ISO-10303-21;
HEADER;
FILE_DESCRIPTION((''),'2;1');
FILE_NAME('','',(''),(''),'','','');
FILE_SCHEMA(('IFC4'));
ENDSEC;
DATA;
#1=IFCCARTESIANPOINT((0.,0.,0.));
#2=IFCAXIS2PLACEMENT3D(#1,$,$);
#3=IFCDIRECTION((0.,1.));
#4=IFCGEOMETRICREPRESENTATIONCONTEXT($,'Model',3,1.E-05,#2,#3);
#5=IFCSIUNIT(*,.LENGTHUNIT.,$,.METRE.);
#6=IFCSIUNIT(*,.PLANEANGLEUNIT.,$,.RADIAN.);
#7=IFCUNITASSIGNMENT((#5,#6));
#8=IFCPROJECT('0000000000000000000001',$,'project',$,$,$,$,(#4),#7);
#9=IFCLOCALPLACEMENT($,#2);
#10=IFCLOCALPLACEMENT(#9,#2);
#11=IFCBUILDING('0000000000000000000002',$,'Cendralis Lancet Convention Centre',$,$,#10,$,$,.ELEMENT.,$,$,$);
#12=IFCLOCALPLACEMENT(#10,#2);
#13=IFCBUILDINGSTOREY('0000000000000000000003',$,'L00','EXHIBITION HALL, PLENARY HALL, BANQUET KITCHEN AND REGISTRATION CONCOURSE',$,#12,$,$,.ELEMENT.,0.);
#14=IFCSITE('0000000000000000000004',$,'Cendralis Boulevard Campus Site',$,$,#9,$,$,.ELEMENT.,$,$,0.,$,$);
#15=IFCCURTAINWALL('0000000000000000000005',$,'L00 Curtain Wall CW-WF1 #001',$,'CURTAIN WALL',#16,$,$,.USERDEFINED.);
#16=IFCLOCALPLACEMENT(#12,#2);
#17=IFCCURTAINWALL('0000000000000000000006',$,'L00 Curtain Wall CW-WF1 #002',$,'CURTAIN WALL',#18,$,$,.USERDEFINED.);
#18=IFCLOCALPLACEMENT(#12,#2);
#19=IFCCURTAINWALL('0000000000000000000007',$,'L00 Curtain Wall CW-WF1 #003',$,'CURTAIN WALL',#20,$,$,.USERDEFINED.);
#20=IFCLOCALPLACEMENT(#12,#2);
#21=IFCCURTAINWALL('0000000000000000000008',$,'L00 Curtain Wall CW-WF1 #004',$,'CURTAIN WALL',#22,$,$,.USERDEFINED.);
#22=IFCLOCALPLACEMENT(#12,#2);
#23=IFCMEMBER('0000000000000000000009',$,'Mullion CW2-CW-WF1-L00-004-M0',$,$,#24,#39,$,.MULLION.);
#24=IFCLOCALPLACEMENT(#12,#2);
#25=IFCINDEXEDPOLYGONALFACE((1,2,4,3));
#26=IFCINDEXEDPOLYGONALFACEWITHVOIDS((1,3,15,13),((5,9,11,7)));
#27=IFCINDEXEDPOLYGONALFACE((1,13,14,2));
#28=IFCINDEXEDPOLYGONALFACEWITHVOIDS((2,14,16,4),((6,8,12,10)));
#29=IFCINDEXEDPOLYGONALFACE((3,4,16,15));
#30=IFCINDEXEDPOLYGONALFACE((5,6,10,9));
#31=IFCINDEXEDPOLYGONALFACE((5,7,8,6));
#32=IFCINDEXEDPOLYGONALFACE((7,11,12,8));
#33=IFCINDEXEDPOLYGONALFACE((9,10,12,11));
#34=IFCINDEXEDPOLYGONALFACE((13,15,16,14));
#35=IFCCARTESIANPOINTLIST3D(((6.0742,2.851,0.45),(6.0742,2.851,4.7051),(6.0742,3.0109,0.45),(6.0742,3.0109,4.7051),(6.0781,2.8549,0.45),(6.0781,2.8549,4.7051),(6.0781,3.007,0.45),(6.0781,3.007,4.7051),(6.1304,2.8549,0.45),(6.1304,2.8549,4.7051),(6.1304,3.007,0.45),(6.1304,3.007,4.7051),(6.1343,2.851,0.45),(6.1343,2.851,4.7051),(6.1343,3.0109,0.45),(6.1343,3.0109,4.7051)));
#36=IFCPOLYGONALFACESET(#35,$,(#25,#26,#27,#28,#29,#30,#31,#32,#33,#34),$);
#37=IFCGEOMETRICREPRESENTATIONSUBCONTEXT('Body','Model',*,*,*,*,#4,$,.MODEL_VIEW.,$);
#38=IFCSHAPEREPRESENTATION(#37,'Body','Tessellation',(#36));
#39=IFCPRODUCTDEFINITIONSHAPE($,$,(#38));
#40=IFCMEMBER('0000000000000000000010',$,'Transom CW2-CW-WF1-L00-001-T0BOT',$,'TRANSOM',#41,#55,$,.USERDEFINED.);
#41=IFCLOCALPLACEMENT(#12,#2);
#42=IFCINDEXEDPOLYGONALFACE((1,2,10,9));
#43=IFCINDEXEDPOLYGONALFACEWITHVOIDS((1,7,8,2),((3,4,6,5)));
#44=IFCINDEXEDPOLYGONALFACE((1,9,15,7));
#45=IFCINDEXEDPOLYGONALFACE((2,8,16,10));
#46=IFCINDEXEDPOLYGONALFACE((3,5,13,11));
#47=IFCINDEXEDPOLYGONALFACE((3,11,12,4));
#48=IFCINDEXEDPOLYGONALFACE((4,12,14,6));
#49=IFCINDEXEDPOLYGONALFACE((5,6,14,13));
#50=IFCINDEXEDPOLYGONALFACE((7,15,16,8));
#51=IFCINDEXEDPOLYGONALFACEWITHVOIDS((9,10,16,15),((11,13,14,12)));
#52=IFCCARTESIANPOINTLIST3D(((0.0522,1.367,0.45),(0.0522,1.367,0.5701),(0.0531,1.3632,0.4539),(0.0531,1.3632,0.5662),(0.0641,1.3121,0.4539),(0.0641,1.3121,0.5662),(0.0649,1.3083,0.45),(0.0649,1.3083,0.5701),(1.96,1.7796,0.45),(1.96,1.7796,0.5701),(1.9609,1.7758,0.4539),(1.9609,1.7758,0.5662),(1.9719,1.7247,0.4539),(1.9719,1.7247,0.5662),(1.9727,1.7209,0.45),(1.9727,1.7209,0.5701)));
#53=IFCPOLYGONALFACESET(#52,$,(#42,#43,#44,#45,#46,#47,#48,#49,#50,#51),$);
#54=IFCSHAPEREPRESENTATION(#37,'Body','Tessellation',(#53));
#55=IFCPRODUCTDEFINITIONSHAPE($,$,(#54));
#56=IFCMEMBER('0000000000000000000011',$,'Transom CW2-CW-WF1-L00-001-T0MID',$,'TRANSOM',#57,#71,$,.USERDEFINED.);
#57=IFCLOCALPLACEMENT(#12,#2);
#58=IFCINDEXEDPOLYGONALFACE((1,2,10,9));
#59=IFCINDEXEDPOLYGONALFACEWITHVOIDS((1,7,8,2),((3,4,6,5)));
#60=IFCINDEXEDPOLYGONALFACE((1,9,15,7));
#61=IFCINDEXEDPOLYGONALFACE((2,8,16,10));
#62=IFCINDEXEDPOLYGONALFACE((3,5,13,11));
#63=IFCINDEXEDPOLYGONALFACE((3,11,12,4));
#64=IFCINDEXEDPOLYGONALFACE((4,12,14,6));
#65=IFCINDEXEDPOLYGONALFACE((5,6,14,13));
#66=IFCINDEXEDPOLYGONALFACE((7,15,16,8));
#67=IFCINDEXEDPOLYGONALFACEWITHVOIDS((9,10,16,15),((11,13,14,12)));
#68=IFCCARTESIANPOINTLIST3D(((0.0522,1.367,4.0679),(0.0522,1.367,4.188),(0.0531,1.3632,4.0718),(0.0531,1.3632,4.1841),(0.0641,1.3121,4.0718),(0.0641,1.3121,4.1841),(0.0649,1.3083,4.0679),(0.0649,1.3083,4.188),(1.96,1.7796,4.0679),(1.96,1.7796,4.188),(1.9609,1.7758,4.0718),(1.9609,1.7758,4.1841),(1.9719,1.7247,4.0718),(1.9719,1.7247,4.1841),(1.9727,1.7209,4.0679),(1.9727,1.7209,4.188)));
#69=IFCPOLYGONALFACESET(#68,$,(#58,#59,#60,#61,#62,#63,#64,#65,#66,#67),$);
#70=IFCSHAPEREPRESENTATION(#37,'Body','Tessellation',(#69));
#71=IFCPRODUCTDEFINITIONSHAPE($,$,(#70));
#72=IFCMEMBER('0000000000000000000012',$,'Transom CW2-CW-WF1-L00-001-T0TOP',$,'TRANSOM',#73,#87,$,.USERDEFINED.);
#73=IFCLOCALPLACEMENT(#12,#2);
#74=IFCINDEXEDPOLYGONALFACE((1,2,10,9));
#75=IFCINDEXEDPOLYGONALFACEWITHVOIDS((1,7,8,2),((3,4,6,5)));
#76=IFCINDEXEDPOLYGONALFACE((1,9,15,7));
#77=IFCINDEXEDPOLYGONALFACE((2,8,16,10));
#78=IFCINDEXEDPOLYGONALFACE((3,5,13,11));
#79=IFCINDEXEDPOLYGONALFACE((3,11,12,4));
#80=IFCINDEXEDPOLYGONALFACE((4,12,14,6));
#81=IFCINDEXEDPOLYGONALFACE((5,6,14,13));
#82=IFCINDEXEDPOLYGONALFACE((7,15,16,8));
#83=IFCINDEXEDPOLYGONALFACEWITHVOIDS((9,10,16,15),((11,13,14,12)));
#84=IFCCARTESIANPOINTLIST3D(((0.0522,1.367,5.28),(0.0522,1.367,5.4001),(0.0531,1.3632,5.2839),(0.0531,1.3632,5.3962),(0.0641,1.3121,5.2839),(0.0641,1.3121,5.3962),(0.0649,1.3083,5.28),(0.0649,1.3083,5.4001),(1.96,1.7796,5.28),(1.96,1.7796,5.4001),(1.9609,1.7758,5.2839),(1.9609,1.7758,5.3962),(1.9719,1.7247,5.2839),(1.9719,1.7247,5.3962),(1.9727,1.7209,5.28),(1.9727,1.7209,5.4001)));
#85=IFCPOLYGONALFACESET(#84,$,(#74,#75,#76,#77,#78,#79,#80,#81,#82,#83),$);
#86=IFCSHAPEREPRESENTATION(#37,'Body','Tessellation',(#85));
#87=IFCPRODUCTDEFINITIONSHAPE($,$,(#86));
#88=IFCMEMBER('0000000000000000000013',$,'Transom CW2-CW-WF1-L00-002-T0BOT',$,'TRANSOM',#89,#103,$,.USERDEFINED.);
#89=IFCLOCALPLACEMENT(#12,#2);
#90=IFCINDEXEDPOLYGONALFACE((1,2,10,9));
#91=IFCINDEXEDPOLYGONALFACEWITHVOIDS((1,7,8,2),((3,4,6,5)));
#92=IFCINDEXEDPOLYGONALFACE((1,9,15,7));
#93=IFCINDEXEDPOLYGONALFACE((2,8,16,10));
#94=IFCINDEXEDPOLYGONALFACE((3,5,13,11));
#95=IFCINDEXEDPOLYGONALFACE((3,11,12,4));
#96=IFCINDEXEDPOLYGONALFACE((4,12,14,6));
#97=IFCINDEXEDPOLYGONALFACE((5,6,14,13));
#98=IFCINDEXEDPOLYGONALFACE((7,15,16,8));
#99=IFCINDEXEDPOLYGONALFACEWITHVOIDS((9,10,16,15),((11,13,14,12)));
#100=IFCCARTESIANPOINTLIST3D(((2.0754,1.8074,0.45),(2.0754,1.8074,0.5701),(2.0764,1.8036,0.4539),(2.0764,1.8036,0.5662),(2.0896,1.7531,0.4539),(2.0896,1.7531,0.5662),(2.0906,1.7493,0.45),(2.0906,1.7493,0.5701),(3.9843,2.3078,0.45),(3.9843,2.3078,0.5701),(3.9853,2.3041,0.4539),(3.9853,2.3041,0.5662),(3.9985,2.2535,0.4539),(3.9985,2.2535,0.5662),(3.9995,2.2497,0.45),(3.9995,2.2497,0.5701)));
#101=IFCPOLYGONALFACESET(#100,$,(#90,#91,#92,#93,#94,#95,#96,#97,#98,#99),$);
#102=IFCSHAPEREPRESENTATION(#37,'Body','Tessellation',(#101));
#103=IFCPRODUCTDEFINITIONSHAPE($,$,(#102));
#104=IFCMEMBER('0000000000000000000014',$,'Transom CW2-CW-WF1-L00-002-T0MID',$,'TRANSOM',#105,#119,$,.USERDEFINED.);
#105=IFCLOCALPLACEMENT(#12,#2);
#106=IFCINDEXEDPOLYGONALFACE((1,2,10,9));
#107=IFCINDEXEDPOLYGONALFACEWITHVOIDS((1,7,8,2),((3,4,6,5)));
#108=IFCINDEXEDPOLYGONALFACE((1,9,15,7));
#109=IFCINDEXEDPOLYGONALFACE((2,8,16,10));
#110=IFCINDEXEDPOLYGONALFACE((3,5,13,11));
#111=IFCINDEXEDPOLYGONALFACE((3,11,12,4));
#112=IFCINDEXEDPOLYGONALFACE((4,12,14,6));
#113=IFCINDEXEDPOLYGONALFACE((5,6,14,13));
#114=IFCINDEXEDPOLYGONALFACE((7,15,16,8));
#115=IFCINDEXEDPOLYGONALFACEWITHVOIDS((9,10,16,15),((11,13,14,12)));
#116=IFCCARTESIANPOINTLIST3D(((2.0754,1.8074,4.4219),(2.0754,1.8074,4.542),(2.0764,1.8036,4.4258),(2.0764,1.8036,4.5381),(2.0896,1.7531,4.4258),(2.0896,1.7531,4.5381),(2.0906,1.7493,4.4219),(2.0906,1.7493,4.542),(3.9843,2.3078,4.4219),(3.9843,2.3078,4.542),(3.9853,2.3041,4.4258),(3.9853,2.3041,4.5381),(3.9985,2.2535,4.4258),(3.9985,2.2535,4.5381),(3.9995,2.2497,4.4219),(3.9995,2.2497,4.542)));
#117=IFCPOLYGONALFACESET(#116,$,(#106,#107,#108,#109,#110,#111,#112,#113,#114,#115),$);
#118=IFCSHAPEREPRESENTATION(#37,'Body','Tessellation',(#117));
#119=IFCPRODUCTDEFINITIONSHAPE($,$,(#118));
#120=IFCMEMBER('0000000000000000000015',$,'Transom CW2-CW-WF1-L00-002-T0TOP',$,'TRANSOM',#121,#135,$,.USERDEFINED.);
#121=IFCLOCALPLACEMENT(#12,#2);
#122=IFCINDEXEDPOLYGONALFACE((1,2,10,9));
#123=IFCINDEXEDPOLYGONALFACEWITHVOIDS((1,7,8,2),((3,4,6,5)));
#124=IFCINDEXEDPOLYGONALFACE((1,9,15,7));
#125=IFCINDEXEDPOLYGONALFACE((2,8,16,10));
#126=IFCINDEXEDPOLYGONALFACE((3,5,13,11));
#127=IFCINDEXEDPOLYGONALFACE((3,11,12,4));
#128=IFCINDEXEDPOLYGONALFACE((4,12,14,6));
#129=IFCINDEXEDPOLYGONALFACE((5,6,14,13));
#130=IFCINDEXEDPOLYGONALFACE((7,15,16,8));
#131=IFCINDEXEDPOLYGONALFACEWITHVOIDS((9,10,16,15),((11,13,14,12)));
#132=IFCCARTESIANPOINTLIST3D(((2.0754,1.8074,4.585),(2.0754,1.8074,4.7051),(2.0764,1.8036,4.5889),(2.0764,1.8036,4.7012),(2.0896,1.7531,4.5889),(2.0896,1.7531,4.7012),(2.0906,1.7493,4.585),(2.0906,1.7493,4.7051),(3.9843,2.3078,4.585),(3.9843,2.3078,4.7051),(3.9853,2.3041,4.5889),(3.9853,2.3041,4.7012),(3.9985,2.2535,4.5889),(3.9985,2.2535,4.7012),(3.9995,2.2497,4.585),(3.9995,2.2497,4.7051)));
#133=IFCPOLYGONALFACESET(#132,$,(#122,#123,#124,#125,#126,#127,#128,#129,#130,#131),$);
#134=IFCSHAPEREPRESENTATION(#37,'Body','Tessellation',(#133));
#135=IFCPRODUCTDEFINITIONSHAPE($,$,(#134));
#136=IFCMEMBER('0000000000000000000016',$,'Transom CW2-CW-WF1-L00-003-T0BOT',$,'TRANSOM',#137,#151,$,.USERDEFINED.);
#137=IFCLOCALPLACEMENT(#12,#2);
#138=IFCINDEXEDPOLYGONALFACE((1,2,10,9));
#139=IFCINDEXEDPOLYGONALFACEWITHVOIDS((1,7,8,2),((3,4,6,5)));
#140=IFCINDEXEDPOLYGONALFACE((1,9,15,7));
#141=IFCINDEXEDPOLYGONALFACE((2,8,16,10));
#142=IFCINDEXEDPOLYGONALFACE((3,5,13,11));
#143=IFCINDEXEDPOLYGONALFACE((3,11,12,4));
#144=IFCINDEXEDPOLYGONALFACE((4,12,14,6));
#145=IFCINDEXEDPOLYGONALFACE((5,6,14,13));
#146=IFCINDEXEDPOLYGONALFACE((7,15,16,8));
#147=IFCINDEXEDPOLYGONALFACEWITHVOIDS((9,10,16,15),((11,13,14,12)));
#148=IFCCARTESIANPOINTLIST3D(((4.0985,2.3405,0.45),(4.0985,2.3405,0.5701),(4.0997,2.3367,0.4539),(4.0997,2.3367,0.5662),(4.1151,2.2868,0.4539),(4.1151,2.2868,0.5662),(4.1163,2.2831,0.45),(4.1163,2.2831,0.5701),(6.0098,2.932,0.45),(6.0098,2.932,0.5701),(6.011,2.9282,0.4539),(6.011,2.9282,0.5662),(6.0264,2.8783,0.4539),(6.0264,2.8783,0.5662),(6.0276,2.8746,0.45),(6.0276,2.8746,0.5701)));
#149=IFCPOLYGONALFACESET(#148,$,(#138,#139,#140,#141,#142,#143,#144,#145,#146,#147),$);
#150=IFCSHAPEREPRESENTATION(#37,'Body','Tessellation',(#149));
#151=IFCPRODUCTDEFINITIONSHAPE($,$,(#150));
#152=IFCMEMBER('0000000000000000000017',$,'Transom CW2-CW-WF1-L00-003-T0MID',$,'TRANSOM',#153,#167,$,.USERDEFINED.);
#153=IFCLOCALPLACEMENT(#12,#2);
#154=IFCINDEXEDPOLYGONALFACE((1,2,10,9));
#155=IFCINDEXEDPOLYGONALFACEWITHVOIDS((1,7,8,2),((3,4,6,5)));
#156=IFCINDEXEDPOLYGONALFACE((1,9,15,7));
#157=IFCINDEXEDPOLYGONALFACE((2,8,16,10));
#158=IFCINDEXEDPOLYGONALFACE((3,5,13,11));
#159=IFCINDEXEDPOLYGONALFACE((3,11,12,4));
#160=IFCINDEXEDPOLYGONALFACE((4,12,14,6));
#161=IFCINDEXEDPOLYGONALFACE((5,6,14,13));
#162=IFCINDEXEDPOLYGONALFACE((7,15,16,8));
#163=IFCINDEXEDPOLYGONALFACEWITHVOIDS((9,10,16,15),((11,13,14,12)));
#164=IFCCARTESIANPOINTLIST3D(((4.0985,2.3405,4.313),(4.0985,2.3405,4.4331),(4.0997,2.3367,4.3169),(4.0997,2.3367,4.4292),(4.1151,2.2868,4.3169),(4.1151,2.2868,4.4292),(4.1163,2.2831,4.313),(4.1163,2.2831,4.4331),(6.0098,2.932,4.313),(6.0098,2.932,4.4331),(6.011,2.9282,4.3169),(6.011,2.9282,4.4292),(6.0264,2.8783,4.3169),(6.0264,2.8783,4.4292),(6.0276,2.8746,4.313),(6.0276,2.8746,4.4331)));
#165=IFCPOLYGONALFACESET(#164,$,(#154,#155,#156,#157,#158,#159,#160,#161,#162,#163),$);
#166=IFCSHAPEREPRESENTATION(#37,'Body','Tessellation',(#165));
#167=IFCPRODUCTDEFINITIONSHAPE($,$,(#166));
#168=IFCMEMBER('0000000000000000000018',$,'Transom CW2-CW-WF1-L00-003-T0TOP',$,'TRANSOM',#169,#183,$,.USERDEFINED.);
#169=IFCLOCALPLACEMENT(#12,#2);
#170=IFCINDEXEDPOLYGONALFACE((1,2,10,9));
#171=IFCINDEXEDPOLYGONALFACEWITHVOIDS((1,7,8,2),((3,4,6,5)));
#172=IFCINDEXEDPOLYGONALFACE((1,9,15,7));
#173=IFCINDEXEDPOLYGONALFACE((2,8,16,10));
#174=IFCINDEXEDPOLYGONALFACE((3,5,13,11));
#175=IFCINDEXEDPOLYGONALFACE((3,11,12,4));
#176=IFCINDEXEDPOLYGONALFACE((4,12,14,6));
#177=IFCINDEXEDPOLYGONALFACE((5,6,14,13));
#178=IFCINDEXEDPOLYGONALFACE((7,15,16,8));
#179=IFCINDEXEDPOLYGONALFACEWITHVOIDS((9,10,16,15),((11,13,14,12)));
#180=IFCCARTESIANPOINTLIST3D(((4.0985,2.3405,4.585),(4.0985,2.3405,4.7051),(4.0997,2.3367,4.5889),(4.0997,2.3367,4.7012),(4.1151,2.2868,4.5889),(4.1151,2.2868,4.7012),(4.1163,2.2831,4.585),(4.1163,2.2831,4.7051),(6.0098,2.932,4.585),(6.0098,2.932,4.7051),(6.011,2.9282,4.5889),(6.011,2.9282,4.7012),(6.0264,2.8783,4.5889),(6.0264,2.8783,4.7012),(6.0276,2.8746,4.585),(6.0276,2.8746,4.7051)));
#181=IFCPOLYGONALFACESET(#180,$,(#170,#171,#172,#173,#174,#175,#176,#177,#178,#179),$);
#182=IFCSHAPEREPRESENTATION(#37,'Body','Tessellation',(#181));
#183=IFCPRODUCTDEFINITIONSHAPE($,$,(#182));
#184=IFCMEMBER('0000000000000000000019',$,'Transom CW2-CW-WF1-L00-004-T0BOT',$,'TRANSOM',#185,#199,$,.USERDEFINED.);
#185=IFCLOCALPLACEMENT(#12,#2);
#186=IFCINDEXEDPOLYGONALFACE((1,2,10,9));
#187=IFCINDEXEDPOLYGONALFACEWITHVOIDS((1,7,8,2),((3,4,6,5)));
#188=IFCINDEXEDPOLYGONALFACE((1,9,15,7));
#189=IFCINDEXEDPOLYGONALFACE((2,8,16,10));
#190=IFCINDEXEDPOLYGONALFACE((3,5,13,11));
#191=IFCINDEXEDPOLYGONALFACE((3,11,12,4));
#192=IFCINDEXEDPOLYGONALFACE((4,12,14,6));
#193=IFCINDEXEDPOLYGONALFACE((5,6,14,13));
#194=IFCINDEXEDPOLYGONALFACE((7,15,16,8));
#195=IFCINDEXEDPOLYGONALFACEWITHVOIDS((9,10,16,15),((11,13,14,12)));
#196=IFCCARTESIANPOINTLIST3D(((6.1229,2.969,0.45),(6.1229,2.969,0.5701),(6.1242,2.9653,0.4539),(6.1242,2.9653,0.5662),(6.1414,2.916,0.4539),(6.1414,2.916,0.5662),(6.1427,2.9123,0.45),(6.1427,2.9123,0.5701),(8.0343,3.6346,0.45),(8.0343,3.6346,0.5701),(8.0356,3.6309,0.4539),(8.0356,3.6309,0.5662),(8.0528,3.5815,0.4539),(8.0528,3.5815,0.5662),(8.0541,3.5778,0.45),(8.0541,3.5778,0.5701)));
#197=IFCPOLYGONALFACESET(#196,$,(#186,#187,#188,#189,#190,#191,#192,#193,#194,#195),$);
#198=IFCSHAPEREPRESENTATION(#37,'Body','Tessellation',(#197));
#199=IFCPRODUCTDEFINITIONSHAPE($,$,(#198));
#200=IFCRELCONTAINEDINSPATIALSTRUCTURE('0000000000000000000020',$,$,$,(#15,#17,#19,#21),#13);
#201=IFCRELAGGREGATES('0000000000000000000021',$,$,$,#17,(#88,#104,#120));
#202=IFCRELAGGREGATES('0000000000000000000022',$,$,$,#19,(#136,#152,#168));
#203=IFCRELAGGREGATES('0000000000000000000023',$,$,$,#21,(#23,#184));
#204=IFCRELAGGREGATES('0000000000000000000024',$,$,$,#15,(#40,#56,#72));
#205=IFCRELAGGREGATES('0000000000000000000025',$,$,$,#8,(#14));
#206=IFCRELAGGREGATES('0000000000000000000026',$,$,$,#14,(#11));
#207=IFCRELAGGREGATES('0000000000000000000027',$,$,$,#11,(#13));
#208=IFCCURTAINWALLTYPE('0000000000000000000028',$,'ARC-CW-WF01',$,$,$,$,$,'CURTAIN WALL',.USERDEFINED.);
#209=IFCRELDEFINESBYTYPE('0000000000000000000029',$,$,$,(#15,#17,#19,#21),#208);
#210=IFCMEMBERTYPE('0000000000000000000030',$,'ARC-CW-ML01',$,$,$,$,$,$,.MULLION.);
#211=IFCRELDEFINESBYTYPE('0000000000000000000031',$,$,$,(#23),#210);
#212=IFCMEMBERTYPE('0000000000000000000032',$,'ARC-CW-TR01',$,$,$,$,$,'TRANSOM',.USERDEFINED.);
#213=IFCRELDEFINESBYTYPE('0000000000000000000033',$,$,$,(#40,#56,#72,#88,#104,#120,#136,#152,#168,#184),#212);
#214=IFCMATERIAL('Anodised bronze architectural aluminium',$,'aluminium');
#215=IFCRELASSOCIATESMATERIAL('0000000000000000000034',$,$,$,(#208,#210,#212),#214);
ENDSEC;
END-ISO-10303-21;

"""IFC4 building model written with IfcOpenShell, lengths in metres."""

from ifc_helpers import new_model, si_unit, direction, frame, origin, origin_2d, place, context, subcontext, project, spatial, hollow_rectangle, extrude, material, material_profile, profile_set, type_object, element, aggregate, save


model = new_model("IFC4")

# Units and contexts
model_context = context("Model", 3, precision=1e-05, world=origin(), true_north=direction((0.0, 1.0)))
body_context = subcontext(model_context, "Body", "Model", "MODEL_VIEW")
ifc_project = project(units=[si_unit("LENGTHUNIT", "METRE"), si_unit("PLANEANGLEUNIT", "RADIAN")], contexts=[model_context])

# Site, building, storey
site_placement = place(None, origin())
site = spatial("IfcSite", under=ifc_project, at=site_placement, Name="Cendralis Boulevard Campus Site", CompositionType="ELEMENT", RefElevation=0.0)
building_placement = place(site_placement, origin())
building = spatial("IfcBuilding", under=site, at=building_placement, Name="Cendralis Lancet Convention Centre", CompositionType="ELEMENT")
storey_placement = place(building_placement, origin())
storey = spatial("IfcBuildingStorey", under=building, at=storey_placement, Name="L00", Description="EXHIBITION HALL, PLENARY HALL, BANQUET KITCHEN AND REGISTRATION CONCOURSE", CompositionType="ELEMENT", Elevation=0.0)

# Curtain walls
ifc_material_1 = material(Name="Anodised bronze architectural aluminium", Category="aluminium")
curtain_wall_type = type_object("IfcCurtainWallType", Name="ARC-CW-WF01", ElementType="CURTAIN WALL", PredefinedType="USERDEFINED", material=ifc_material_1)
curtain_wall_1_placement = place(storey_placement, origin())
curtain_wall_1 = element("IfcCurtainWall", 1, at=curtain_wall_1_placement, inside=storey, type_object=curtain_wall_type, Name="L00 Curtain Wall CW-WF1 #001", ObjectType="CURTAIN WALL", PredefinedType="USERDEFINED")
ifc_material_profile_1 = material_profile(ifc_material_1, hollow_rectangle(XDim=0.0601, YDim=0.1599, WallThickness=0.0039, at=origin_2d()), Name="AL-MULL 60x160x4.0")
ifc_profile_set_1 = profile_set([ifc_material_profile_1], Name="Anodised bronze architectural aluminium")
member_type_1 = type_object("IfcMemberType", Name="ARC-CW-ML01", PredefinedType="MULLION", material=ifc_profile_set_1)
curtain_wall_2_placement = place(storey_placement, origin())
curtain_wall_2 = element("IfcCurtainWall", 2, at=curtain_wall_2_placement, inside=storey, type_object=curtain_wall_type, Name="L00 Curtain Wall CW-WF1 #002", ObjectType="CURTAIN WALL", PredefinedType="USERDEFINED")
curtain_wall_3_placement = place(storey_placement, origin())
curtain_wall_3 = element("IfcCurtainWall", 3, at=curtain_wall_3_placement, inside=storey, type_object=curtain_wall_type, Name="L00 Curtain Wall CW-WF1 #003", ObjectType="CURTAIN WALL", PredefinedType="USERDEFINED")

# Curtain wall, member
curtain_wall_4_placement = place(storey_placement, origin())
curtain_wall_4 = element("IfcCurtainWall", 4, at=curtain_wall_4_placement, inside=storey, type_object=curtain_wall_type, Name="L00 Curtain Wall CW-WF1 #004", ObjectType="CURTAIN WALL", PredefinedType="USERDEFINED")
member_1_placement = place(storey_placement, frame((6.1042, 2.9309, 0.45), z_axis=(0.0, 0.0, 1.0), x_axis=(1.0, 0.0, 0.0)))
member_1 = element("IfcMember", 5, at=member_1_placement, type_object=member_type_1, Name="Mullion CW2-CW-WF1-L00-004-M0", PredefinedType="MULLION", context=body_context, shape_type="SweptSolid", body=[
    extrude(hollow_rectangle(XDim=0.0601, YDim=0.1599, WallThickness=0.0039, at=origin_2d()), origin(), (0.0, 0.0, 1.0), 4.2551),
])

# Members
ifc_material_profile_2 = material_profile(ifc_material_1, hollow_rectangle(XDim=0.0601, YDim=0.1201, WallThickness=0.0039, at=origin_2d()), Name="AL-TRAN 60x120x4.0")
ifc_profile_set_2 = profile_set([ifc_material_profile_2], Name="Anodised bronze architectural aluminium")
member_type_2 = type_object("IfcMemberType", Name="ARC-CW-TR01", ElementType="TRANSOM", PredefinedType="USERDEFINED", material=ifc_profile_set_2)
member_2_placement = place(storey_placement, frame((0.0586, 1.3376, 0.51), z_axis=(0.977402, 0.211391, 0.0), x_axis=(-0.211391, 0.977402, 0.0)))
member_2 = element("IfcMember", 6, at=member_2_placement, type_object=member_type_2, Name="Transom CW2-CW-WF1-L00-001-T0BOT", ObjectType="TRANSOM", PredefinedType="USERDEFINED", context=body_context, shape_type="SweptSolid", body=[
    extrude(hollow_rectangle(XDim=0.0601, YDim=0.1201, WallThickness=0.0039, at=origin_2d()), origin(), (0.0, 0.0, 1.0), 1.9519),
])
member_3_placement = place(storey_placement, frame((0.0586, 1.3376, 4.1279), z_axis=(0.977402, 0.211391, 0.0), x_axis=(-0.211391, 0.977402, 0.0)))
member_3 = element("IfcMember", 7, at=member_3_placement, type_object=member_type_2, Name="Transom CW2-CW-WF1-L00-001-T0MID", ObjectType="TRANSOM", PredefinedType="USERDEFINED", context=body_context, shape_type="SweptSolid", body=[
    extrude(hollow_rectangle(XDim=0.0601, YDim=0.1201, WallThickness=0.0039, at=origin_2d()), origin(), (0.0, 0.0, 1.0), 1.9519),
])
member_4_placement = place(storey_placement, frame((0.0586, 1.3376, 5.3401), z_axis=(0.977402, 0.211391, 0.0), x_axis=(-0.211391, 0.977402, 0.0)))
member_4 = element("IfcMember", 8, at=member_4_placement, type_object=member_type_2, Name="Transom CW2-CW-WF1-L00-001-T0TOP", ObjectType="TRANSOM", PredefinedType="USERDEFINED", context=body_context, shape_type="SweptSolid", body=[
    extrude(hollow_rectangle(XDim=0.0601, YDim=0.1201, WallThickness=0.0039, at=origin_2d()), origin(), (0.0, 0.0, 1.0), 1.9519),
])
member_5_placement = place(storey_placement, frame((2.083, 1.7783, 0.51), z_axis=(0.967306, 0.25361, 0.0), x_axis=(-0.25361, 0.967306, 0.0)))
member_5 = element("IfcMember", 9, at=member_5_placement, type_object=member_type_2, Name="Transom CW2-CW-WF1-L00-002-T0BOT", ObjectType="TRANSOM", PredefinedType="USERDEFINED", context=body_context, shape_type="SweptSolid", body=[
    extrude(hollow_rectangle(XDim=0.0601, YDim=0.1201, WallThickness=0.0039, at=origin_2d()), origin(), (0.0, 0.0, 1.0), 1.9734),
])
member_6_placement = place(storey_placement, frame((2.083, 1.7783, 4.4819), z_axis=(0.967306, 0.25361, 0.0), x_axis=(-0.25361, 0.967306, 0.0)))
member_6 = element("IfcMember", 10, at=member_6_placement, type_object=member_type_2, Name="Transom CW2-CW-WF1-L00-002-T0MID", ObjectType="TRANSOM", PredefinedType="USERDEFINED", context=body_context, shape_type="SweptSolid", body=[
    extrude(hollow_rectangle(XDim=0.0601, YDim=0.1201, WallThickness=0.0039, at=origin_2d()), origin(), (0.0, 0.0, 1.0), 1.9734),
])
member_7_placement = place(storey_placement, frame((2.083, 1.7783, 4.645), z_axis=(0.967306, 0.25361, 0.0), x_axis=(-0.25361, 0.967306, 0.0)))
member_7 = element("IfcMember", 11, at=member_7_placement, type_object=member_type_2, Name="Transom CW2-CW-WF1-L00-002-T0TOP", ObjectType="TRANSOM", PredefinedType="USERDEFINED", context=body_context, shape_type="SweptSolid", body=[
    extrude(hollow_rectangle(XDim=0.0601, YDim=0.1201, WallThickness=0.0039, at=origin_2d()), origin(), (0.0, 0.0, 1.0), 1.9734),
])
member_8_placement = place(storey_placement, frame((4.1074, 2.3118, 0.51), z_axis=(0.955295, 0.295655, 0.0), x_axis=(-0.295655, 0.955295, 0.0)))
member_8 = element("IfcMember", 12, at=member_8_placement, type_object=member_type_2, Name="Transom CW2-CW-WF1-L00-003-T0BOT", ObjectType="TRANSOM", PredefinedType="USERDEFINED", context=body_context, shape_type="SweptSolid", body=[
    extrude(hollow_rectangle(XDim=0.0601, YDim=0.1201, WallThickness=0.0039, at=origin_2d()), origin(), (0.0, 0.0, 1.0), 2.0007),
])
member_9_placement = place(storey_placement, frame((4.1074, 2.3118, 4.373), z_axis=(0.955295, 0.295655, 0.0), x_axis=(-0.295655, 0.955295, 0.0)))
member_9 = element("IfcMember", 13, at=member_9_placement, type_object=member_type_2, Name="Transom CW2-CW-WF1-L00-003-T0MID", ObjectType="TRANSOM", PredefinedType="USERDEFINED", context=body_context, shape_type="SweptSolid", body=[
    extrude(hollow_rectangle(XDim=0.0601, YDim=0.1201, WallThickness=0.0039, at=origin_2d()), origin(), (0.0, 0.0, 1.0), 2.0007),
])
member_10_placement = place(storey_placement, frame((4.1074, 2.3118, 4.645), z_axis=(0.955295, 0.295655, 0.0), x_axis=(-0.295655, 0.955295, 0.0)))
member_10 = element("IfcMember", 14, at=member_10_placement, type_object=member_type_2, Name="Transom CW2-CW-WF1-L00-003-T0TOP", ObjectType="TRANSOM", PredefinedType="USERDEFINED", context=body_context, shape_type="SweptSolid", body=[
    extrude(hollow_rectangle(XDim=0.0601, YDim=0.1201, WallThickness=0.0039, at=origin_2d()), origin(), (0.0, 0.0, 1.0), 2.0007),
])
member_11_placement = place(storey_placement, frame((6.1328, 2.9407, 0.51), z_axis=(0.944389, 0.328829, 0.0), x_axis=(-0.328829, 0.944389, 0.0)))
member_11 = element("IfcMember", 15, at=member_11_placement, type_object=member_type_2, Name="Transom CW2-CW-WF1-L00-004-T0BOT", ObjectType="TRANSOM", PredefinedType="USERDEFINED", context=body_context, shape_type="SweptSolid", body=[
    extrude(hollow_rectangle(XDim=0.0601, YDim=0.1201, WallThickness=0.0039, at=origin_2d()), origin(), (0.0, 0.0, 1.0), 2.0239),
])

aggregate(curtain_wall_2, [member_5, member_6, member_7])
aggregate(curtain_wall_3, [member_8, member_9, member_10])
aggregate(curtain_wall_4, [member_1, member_11])
aggregate(curtain_wall_1, [member_2, member_3, member_4])

save(model, "model.ifc")
